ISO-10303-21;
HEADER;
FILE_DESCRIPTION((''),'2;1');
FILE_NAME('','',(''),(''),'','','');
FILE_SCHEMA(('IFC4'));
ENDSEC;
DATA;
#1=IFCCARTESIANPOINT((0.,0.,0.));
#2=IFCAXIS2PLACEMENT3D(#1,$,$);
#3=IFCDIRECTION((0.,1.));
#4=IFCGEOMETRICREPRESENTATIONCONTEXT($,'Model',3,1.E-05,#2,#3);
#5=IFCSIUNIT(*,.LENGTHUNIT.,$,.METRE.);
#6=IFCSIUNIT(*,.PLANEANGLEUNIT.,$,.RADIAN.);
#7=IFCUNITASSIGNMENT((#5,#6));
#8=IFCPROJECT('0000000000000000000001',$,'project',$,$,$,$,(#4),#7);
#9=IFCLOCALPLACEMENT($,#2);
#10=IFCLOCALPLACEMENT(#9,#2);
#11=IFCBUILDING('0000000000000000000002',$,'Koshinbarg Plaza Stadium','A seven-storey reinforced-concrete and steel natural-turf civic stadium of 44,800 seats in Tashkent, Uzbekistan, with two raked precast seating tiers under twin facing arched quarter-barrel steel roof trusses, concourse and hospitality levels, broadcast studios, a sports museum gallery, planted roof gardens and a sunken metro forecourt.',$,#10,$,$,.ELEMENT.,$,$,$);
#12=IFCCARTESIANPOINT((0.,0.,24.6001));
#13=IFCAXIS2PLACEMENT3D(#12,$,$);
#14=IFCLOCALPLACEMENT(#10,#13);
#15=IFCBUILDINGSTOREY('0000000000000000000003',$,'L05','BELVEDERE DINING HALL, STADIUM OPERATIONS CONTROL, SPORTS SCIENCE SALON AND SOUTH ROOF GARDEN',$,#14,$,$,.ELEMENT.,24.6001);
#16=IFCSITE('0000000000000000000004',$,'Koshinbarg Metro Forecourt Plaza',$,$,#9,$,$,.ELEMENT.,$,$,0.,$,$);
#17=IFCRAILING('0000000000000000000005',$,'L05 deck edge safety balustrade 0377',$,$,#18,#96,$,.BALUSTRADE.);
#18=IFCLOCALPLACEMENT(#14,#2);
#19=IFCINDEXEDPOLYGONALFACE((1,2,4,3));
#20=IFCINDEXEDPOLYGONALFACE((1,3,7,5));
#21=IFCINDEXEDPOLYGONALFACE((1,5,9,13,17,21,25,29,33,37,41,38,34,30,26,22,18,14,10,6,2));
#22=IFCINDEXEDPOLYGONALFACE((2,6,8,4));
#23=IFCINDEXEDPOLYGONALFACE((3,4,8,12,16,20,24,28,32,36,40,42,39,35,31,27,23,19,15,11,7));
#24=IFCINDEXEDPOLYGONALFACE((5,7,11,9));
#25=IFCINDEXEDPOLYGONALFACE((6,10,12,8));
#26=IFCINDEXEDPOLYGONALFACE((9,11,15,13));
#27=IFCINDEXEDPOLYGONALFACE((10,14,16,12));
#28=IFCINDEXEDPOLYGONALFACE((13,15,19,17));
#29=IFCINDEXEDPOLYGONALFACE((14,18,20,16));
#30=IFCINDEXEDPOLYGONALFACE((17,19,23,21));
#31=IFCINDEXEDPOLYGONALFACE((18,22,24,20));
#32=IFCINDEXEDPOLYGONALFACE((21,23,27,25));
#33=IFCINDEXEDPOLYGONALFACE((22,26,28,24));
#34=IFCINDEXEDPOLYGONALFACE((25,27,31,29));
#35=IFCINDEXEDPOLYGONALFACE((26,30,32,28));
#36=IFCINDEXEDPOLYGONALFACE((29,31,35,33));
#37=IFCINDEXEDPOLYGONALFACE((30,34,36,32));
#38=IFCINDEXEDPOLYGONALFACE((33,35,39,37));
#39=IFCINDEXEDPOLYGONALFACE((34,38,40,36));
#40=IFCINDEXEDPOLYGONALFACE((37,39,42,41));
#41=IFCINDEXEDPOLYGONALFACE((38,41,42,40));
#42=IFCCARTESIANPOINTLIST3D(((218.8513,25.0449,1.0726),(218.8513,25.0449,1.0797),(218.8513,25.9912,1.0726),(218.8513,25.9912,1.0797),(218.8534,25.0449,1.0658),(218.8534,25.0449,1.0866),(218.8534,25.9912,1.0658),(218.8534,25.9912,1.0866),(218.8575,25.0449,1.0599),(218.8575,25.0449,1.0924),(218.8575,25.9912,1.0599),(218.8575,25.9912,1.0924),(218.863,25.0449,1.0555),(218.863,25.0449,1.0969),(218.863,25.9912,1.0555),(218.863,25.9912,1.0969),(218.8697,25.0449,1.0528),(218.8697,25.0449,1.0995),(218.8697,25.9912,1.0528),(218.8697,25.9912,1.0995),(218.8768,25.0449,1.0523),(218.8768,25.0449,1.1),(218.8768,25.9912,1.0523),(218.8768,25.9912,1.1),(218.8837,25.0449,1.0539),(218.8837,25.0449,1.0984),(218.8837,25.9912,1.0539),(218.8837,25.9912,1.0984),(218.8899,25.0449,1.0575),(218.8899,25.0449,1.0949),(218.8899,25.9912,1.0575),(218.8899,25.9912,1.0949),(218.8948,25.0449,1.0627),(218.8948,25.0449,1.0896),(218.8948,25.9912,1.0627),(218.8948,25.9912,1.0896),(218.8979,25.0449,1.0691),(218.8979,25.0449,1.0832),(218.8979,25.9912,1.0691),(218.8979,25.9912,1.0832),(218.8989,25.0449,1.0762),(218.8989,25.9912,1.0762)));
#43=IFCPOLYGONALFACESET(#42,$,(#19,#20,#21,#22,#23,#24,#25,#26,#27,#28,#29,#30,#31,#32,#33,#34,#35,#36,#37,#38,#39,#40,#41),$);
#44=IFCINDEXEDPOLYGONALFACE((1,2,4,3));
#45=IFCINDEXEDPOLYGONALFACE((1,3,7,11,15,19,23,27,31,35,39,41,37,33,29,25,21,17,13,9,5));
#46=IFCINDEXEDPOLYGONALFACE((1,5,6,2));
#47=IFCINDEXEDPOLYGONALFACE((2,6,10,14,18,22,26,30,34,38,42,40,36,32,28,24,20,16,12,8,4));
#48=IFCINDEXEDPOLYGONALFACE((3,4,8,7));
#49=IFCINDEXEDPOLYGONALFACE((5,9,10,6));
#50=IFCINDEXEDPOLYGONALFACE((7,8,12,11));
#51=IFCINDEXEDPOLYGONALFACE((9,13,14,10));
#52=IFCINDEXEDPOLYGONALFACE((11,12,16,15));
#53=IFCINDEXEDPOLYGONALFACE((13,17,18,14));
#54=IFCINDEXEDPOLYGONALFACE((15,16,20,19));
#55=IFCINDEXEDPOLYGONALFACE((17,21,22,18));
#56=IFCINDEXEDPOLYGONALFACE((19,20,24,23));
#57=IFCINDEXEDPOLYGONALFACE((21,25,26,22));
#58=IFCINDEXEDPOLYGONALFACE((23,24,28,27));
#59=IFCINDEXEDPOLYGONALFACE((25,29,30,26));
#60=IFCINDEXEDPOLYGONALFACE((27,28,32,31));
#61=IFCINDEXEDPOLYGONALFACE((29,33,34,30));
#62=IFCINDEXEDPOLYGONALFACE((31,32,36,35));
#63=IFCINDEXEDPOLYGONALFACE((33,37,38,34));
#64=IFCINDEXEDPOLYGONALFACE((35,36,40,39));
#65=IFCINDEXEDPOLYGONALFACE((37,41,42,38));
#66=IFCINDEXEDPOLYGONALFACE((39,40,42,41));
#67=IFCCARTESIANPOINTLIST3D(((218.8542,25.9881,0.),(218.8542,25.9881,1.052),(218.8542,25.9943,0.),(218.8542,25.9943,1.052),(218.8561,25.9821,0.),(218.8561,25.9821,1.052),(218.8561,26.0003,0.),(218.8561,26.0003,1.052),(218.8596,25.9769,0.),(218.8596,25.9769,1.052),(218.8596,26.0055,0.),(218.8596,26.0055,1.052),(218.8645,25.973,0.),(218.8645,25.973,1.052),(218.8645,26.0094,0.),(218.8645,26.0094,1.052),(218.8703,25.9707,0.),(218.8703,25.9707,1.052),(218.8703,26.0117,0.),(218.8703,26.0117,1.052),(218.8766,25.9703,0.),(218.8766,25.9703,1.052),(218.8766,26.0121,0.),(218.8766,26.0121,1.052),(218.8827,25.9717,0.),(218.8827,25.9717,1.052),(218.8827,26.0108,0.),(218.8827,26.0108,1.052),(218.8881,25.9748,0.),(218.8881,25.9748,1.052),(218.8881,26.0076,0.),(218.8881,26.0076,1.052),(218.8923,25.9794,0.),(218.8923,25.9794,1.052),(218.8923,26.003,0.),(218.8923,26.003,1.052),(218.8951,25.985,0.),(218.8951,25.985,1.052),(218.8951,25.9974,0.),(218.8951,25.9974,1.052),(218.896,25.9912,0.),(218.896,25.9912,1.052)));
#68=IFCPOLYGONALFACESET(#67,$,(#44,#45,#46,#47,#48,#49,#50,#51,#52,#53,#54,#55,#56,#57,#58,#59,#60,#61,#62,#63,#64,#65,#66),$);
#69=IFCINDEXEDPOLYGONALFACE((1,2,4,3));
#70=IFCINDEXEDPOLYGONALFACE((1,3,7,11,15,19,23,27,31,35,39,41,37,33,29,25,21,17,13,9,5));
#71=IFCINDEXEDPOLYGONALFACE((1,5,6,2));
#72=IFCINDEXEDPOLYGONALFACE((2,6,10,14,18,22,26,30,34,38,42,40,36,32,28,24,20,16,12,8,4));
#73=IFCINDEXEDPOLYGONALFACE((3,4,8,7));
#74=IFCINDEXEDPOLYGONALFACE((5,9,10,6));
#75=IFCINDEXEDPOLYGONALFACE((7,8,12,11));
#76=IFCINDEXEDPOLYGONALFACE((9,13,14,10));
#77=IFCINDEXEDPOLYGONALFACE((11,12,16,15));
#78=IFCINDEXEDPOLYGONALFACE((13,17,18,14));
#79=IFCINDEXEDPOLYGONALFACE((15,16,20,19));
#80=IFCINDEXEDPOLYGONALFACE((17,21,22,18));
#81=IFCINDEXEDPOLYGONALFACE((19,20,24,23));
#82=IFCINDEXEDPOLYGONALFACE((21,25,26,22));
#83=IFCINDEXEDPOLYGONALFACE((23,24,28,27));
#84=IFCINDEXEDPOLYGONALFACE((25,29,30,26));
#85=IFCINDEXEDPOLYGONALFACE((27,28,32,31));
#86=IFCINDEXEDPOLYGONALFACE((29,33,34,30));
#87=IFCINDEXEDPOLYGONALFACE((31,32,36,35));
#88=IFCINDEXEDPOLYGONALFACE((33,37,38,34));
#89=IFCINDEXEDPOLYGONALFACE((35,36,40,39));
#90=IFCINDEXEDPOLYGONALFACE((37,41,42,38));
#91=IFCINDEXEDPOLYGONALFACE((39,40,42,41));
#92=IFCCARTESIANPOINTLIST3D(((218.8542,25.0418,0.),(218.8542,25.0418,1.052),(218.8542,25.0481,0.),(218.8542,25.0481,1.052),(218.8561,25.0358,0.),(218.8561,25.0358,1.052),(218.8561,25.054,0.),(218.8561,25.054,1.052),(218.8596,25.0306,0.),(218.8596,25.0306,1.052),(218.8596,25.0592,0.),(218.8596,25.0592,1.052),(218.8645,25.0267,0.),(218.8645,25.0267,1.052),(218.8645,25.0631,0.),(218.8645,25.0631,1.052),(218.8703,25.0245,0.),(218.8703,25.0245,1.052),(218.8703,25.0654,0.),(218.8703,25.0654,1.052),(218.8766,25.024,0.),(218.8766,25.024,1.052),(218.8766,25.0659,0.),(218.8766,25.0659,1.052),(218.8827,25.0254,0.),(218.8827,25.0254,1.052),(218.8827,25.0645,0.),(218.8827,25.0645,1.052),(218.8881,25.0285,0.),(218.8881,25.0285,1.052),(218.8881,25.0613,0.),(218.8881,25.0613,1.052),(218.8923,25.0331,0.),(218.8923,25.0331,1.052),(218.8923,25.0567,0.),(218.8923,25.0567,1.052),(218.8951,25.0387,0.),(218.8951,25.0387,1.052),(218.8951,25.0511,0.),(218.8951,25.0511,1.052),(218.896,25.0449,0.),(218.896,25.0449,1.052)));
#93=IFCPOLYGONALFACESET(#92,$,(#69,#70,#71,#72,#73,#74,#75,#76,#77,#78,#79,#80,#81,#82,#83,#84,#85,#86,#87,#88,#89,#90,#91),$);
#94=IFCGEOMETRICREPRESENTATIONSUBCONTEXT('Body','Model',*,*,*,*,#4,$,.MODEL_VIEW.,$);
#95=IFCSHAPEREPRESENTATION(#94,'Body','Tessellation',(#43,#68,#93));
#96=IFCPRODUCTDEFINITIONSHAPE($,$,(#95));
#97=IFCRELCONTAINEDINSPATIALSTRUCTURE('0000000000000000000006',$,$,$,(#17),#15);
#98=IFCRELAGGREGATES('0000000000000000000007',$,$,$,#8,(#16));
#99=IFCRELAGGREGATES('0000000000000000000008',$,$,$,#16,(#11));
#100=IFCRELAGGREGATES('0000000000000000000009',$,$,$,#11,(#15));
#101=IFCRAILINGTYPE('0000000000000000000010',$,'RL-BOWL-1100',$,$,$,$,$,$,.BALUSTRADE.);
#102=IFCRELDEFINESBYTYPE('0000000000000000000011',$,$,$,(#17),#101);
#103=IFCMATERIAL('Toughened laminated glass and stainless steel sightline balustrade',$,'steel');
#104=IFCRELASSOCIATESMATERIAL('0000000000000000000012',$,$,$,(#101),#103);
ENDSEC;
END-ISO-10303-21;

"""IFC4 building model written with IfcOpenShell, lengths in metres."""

from ifc_helpers import new_model, si_unit, direction, frame, origin, origin_2d, place, context, subcontext, project, spatial, circle, extrude, material, type_object, element, save


model = new_model("IFC4")

# Units and contexts
model_context = context("Model", 3, precision=1e-05, world=origin(), true_north=direction((0.0, 1.0)))
body_context = subcontext(model_context, "Body", "Model", "MODEL_VIEW")
ifc_project = project(units=[si_unit("LENGTHUNIT", "METRE"), si_unit("PLANEANGLEUNIT", "RADIAN")], contexts=[model_context])

# Site, building, storey
site_placement = place(None, origin())
site = spatial("IfcSite", under=ifc_project, at=site_placement, Name="Koshinbarg Metro Forecourt Plaza", CompositionType="ELEMENT", RefElevation=0.0)
building_placement = place(site_placement, origin())
building = spatial("IfcBuilding", under=site, at=building_placement, Name="Koshinbarg Plaza Stadium", Description="A seven-storey reinforced-concrete and steel natural-turf civic stadium of 44,800 seats in Tashkent, Uzbekistan, with two raked precast seating tiers under twin facing arched quarter-barrel steel roof trusses, concourse and hospitality levels, broadcast studios, a sports museum gallery, planted roof gardens and a sunken metro forecourt.", CompositionType="ELEMENT")
storey_placement = place(building_placement, frame((0.0, 0.0, 24.6001)))
storey = spatial("IfcBuildingStorey", under=building, at=storey_placement, Name="L05", Description="BELVEDERE DINING HALL, STADIUM OPERATIONS CONTROL, SPORTS SCIENCE SALON AND SOUTH ROOF GARDEN", CompositionType="ELEMENT", Elevation=24.6001)

# Railing
ifc_material_1 = material(Name="Toughened laminated glass and stainless steel sightline balustrade", Category="steel")
railing_type_1 = type_object("IfcRailingType", Name="RL-BOWL-1100", PredefinedType="BALUSTRADE", material=ifc_material_1)
railing_1_placement = place(storey_placement, frame((218.875, 25.9912, 0.0)))
element("IfcRailing", 1, at=railing_1_placement, inside=storey, type_object=railing_type_1, Name="L05 deck edge safety balustrade 0377", PredefinedType="BALUSTRADE", context=body_context, shape_type="SweptSolid", body=[
    extrude(circle(Radius=0.0239, at=origin_2d()), frame((0.0, 0.0, 1.0762), z_axis=(0.0, -1.0, 0.0), x_axis=(1.0, 0.0, 0.0)), (0.0, 0.0, 1.0), 0.9463),
    extrude(circle(Radius=0.021, at=origin_2d()), origin(), (0.0, 0.0, 1.0), 1.052),
    extrude(circle(Radius=0.021, at=origin_2d()), frame((0.0, -0.9463, 0.0)), (0.0, 0.0, 1.0), 1.052),
])

save(model, "model.ifc")
